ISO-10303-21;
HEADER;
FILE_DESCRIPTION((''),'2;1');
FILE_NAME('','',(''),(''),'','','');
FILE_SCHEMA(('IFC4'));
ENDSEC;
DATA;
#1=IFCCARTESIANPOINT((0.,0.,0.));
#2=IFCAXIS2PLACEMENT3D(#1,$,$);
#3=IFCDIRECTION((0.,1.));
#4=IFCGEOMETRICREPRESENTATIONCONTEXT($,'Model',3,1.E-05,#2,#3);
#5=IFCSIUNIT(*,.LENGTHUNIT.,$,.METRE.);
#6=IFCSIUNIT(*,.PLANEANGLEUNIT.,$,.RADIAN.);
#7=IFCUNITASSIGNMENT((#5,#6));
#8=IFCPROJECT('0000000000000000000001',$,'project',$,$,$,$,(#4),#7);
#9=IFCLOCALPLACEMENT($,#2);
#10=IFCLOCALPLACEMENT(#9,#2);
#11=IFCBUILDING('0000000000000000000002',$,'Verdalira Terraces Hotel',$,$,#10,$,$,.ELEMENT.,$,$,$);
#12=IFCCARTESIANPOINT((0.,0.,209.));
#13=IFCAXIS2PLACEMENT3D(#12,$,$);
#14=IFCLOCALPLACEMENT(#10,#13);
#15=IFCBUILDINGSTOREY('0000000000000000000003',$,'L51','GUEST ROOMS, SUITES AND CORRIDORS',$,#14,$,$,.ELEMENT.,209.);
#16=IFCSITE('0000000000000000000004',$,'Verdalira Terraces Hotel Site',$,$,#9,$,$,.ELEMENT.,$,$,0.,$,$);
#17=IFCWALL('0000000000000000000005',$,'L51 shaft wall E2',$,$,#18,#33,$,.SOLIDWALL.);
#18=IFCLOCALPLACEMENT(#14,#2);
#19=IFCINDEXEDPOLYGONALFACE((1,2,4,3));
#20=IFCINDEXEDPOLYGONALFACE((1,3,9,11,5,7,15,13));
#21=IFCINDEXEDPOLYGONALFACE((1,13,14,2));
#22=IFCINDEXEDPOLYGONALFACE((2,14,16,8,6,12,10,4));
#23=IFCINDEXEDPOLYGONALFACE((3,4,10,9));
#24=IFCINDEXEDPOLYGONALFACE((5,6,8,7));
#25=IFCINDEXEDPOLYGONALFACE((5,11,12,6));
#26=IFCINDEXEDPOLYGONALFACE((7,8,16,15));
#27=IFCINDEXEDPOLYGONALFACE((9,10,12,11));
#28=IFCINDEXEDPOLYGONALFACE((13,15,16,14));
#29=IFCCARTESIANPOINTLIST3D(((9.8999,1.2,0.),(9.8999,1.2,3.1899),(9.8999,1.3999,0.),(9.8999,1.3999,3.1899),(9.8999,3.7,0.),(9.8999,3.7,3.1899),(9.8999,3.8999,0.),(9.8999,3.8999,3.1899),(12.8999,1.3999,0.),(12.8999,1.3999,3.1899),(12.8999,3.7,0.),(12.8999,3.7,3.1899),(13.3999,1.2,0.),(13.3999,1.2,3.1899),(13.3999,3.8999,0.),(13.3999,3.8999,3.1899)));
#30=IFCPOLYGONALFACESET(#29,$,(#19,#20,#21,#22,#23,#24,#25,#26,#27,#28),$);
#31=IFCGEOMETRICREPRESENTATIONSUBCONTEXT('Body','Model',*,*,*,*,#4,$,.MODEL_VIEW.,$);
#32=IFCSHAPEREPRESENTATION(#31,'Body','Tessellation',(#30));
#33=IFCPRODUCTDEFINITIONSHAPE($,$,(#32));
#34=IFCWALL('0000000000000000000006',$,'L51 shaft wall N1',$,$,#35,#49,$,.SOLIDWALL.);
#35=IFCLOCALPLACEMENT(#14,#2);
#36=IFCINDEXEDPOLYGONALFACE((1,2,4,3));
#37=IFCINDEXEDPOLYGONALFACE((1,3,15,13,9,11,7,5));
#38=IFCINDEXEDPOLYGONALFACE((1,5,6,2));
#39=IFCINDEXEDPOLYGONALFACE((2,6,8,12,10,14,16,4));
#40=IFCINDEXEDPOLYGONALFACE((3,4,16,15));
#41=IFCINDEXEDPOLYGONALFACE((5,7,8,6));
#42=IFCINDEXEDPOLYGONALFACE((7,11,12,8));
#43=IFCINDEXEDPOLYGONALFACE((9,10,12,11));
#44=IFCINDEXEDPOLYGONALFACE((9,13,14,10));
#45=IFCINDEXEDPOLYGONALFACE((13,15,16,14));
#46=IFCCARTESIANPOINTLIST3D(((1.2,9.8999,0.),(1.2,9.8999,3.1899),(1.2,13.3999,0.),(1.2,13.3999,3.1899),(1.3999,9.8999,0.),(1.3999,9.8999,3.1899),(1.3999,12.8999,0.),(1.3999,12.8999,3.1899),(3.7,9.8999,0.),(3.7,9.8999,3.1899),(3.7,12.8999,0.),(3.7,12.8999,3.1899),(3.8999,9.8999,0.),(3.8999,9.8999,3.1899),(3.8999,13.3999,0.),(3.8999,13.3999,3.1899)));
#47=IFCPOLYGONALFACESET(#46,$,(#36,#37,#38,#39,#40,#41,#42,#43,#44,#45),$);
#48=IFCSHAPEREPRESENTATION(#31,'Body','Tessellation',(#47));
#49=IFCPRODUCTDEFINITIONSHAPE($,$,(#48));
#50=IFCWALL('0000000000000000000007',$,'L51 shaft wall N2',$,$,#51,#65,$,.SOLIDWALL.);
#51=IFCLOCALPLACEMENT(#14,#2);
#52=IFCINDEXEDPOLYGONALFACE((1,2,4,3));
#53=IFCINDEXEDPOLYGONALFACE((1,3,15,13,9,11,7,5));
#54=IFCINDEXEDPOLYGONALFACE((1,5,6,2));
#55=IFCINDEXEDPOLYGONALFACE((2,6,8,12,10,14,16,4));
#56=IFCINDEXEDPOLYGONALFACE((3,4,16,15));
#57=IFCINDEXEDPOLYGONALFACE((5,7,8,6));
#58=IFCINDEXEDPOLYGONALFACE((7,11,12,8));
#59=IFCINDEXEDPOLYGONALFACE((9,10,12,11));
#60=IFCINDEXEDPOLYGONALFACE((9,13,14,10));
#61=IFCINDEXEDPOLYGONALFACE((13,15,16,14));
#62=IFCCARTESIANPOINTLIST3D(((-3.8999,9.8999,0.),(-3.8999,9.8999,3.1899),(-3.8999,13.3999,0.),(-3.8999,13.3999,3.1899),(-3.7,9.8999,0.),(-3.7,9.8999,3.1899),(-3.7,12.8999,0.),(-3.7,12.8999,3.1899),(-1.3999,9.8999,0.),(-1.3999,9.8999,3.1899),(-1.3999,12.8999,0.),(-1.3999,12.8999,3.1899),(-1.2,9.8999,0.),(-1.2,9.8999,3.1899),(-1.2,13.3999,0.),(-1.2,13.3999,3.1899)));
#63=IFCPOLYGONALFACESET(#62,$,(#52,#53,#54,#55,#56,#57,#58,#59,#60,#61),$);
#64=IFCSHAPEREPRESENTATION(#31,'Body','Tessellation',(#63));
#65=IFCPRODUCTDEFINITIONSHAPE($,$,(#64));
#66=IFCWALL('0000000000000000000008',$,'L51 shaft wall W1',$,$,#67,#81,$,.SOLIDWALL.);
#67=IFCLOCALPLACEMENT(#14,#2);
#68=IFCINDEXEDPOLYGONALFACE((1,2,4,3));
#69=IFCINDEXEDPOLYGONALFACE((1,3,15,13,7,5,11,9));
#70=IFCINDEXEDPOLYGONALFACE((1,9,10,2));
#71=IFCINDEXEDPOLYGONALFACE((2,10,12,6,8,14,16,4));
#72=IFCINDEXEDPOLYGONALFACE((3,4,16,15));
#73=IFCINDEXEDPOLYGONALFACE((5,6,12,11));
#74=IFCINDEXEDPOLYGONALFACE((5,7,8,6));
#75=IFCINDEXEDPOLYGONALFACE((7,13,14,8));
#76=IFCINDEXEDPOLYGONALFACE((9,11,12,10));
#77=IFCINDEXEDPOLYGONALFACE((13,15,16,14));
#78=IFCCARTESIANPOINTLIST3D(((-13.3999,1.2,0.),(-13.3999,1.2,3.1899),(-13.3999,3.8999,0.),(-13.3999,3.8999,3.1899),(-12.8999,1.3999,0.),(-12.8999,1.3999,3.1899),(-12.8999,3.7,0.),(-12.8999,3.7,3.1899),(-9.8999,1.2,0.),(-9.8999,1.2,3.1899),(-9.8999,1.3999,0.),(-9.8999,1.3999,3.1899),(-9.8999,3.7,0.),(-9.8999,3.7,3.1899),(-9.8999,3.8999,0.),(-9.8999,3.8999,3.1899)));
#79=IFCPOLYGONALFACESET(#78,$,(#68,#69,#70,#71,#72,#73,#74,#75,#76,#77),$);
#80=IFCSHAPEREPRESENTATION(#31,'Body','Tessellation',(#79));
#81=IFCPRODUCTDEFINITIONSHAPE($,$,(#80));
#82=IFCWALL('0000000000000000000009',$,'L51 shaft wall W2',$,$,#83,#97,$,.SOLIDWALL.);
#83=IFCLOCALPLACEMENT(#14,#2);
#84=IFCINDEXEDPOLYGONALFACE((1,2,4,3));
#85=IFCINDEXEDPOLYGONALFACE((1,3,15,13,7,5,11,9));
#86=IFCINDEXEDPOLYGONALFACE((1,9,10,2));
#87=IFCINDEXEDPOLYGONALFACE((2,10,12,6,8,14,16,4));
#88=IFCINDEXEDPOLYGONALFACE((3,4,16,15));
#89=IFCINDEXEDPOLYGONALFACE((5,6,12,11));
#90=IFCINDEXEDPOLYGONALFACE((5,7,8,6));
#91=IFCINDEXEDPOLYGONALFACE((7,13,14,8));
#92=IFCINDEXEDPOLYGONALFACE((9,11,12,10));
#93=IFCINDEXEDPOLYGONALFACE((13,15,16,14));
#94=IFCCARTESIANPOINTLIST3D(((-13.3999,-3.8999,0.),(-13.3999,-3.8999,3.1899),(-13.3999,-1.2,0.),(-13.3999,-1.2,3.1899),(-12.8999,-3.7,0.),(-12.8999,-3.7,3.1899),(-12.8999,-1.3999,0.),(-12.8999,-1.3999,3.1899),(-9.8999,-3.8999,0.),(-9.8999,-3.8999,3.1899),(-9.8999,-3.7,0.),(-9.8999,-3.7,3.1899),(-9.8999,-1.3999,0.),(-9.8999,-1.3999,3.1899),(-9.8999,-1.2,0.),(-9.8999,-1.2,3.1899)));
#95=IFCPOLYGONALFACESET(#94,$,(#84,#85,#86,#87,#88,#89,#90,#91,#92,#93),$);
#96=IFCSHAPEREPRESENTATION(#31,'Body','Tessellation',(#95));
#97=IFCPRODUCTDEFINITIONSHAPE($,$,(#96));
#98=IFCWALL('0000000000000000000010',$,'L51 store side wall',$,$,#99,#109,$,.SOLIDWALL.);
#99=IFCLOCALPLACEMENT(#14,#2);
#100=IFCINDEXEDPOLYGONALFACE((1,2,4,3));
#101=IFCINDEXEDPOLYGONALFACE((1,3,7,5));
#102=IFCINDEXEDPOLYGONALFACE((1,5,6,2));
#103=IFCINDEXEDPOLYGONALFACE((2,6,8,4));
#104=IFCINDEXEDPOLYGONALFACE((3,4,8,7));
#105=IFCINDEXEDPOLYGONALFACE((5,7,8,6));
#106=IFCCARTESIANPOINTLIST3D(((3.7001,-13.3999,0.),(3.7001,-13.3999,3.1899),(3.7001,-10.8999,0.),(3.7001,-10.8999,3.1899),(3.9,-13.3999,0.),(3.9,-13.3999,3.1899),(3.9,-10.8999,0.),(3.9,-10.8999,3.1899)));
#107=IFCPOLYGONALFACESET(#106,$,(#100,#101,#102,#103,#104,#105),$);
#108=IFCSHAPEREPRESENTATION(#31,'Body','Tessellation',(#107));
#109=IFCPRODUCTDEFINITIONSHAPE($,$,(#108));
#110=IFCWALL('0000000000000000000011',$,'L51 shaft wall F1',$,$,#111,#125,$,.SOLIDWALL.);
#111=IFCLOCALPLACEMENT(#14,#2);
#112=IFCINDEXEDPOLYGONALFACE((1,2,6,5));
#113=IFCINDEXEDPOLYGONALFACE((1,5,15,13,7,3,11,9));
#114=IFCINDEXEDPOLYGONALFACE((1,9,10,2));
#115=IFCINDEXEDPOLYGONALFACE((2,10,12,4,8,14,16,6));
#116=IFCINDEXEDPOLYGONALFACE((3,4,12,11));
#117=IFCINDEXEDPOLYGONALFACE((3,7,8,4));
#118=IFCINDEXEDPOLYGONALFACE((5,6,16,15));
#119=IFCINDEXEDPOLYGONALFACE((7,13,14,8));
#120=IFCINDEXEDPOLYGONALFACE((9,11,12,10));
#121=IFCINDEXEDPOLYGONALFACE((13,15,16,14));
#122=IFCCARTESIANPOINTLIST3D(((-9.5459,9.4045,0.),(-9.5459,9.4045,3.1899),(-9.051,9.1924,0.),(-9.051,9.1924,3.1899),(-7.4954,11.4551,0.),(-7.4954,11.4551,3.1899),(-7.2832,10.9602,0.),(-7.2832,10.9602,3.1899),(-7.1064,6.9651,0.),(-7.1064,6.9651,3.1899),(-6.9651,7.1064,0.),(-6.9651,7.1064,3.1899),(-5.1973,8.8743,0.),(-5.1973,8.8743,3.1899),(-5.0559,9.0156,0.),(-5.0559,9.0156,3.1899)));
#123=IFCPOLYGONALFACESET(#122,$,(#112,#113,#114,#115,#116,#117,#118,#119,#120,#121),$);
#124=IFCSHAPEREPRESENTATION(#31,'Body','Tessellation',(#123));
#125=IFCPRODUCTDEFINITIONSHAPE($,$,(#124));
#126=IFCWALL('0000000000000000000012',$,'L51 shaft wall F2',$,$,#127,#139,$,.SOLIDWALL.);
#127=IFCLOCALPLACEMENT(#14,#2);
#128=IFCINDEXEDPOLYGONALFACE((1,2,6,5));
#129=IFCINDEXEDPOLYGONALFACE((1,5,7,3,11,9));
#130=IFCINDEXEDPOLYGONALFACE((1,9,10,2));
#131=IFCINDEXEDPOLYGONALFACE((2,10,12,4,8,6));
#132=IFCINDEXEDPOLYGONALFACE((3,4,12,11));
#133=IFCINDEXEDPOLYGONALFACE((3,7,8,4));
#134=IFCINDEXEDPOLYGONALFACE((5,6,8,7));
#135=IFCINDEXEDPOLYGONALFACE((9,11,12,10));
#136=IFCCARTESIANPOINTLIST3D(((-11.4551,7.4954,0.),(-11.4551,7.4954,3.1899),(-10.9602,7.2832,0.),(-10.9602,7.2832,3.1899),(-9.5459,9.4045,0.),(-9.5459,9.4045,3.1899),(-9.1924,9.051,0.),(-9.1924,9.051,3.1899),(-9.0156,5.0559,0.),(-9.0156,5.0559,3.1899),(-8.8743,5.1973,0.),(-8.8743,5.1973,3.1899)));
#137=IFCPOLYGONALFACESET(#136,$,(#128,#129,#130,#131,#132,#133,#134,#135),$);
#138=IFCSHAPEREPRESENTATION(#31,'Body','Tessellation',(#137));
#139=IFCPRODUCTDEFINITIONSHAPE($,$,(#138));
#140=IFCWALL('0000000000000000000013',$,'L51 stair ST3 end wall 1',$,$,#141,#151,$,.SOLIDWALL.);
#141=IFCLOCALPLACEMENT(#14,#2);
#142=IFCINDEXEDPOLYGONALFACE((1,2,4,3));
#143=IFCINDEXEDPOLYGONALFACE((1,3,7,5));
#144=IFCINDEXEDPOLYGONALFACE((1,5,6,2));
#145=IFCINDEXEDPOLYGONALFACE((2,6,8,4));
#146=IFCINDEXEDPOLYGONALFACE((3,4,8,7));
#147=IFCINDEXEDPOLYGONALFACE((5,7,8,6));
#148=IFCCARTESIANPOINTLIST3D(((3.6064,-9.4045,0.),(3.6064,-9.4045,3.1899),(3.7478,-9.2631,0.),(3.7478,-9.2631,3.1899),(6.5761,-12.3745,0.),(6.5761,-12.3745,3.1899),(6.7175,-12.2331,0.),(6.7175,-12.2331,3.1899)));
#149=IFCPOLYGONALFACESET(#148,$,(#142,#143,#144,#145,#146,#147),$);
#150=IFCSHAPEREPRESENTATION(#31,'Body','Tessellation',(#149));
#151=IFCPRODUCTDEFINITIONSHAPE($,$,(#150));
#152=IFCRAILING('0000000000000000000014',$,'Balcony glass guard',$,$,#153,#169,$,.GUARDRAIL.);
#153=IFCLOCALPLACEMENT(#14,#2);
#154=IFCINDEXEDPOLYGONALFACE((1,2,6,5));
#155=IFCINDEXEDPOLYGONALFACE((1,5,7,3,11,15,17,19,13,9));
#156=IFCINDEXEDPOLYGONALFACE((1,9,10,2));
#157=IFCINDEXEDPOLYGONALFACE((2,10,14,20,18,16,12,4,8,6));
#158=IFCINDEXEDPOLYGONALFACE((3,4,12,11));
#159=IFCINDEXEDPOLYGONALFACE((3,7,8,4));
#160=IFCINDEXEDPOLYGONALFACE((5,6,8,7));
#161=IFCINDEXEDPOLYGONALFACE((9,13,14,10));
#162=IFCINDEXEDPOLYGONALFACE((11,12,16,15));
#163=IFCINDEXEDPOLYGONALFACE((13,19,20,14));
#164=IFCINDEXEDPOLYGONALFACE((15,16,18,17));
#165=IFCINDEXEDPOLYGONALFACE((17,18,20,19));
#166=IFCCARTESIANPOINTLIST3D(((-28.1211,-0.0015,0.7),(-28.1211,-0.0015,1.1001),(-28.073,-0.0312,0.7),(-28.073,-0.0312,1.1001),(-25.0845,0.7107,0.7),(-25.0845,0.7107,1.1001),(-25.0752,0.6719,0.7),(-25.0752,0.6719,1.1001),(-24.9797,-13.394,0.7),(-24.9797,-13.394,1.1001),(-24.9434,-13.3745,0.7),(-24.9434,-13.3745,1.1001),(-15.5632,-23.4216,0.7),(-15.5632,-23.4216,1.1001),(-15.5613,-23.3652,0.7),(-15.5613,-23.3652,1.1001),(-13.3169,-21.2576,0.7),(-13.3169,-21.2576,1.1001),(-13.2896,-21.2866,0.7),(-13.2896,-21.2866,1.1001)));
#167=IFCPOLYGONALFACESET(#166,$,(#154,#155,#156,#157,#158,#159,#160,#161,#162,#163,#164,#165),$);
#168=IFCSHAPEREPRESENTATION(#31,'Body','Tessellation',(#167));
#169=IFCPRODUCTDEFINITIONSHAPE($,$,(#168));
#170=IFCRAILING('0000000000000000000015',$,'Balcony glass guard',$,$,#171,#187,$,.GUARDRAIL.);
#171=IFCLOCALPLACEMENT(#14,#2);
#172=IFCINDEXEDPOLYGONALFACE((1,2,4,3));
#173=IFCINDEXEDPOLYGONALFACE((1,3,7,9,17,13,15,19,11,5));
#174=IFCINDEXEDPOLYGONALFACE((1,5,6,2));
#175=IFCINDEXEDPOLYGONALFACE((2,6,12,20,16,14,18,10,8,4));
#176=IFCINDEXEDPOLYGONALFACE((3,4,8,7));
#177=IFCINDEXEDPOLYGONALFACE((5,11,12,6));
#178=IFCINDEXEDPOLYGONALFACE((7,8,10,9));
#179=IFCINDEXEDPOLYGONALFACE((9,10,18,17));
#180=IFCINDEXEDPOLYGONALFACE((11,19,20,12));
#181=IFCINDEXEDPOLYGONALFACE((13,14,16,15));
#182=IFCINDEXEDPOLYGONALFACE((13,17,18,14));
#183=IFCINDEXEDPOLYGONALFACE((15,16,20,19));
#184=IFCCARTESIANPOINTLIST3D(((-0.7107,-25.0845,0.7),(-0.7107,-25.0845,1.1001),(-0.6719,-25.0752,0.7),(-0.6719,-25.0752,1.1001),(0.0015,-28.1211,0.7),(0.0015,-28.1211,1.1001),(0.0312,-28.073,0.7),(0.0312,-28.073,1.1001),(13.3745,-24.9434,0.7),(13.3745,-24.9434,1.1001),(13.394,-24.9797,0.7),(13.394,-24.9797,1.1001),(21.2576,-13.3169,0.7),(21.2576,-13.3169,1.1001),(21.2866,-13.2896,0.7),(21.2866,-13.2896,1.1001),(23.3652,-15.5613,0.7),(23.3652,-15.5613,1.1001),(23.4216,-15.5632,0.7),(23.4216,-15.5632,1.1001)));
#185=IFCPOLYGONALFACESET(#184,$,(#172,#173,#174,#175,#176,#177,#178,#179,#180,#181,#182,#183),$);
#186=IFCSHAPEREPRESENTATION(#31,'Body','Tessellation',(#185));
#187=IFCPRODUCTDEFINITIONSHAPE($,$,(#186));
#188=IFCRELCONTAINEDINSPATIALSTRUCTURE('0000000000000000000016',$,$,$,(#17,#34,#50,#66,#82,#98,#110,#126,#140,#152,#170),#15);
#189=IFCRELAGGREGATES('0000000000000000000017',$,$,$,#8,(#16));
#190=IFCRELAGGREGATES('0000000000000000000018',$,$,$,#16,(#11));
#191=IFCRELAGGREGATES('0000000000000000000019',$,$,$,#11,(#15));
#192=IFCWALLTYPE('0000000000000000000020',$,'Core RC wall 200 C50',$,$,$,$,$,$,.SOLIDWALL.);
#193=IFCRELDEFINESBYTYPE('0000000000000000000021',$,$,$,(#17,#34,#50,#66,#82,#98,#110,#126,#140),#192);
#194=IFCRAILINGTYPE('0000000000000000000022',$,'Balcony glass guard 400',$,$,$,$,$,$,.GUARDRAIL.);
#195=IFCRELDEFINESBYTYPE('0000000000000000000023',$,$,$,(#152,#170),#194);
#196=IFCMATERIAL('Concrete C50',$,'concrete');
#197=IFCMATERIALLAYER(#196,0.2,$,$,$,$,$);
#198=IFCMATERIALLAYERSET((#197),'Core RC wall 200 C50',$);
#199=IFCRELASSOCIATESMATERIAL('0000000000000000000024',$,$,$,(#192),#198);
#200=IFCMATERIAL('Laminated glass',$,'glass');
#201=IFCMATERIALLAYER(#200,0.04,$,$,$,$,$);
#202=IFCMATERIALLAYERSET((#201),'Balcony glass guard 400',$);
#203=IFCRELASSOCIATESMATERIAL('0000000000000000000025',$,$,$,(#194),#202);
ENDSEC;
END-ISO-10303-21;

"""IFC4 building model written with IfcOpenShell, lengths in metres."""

from ifc_helpers import new_model, si_unit, direction, frame, frame_2d, origin, place, context, subcontext, project, spatial, polyline, rectangle, outline, extrude, material, layer, layer_set, type_object, element, save


model = new_model("IFC4")

# Units and contexts
model_context = context("Model", 3, precision=1e-05, world=origin(), true_north=direction((0.0, 1.0)))
body_context = subcontext(model_context, "Body", "Model", "MODEL_VIEW")
ifc_project = project(units=[si_unit("LENGTHUNIT", "METRE"), si_unit("PLANEANGLEUNIT", "RADIAN")], contexts=[model_context])

# Site, building, storey
site_placement = place(None, origin())
site = spatial("IfcSite", under=ifc_project, at=site_placement, Name="Verdalira Terraces Hotel Site", CompositionType="ELEMENT", RefElevation=0.0)
building_placement = place(site_placement, origin())
building = spatial("IfcBuilding", under=site, at=building_placement, Name="Verdalira Terraces Hotel", CompositionType="ELEMENT")
storey_placement = place(building_placement, frame((0.0, 0.0, 209.0)))
storey = spatial("IfcBuildingStorey", under=building, at=storey_placement, Name="L51", Description="GUEST ROOMS, SUITES AND CORRIDORS", CompositionType="ELEMENT", Elevation=209.0)

# Walls
ifc_material_1 = material(Name="Concrete C50", Category="concrete")
ifc_layer_1 = layer(ifc_material_1, 0.2)
ifc_layer_set_1 = layer_set([ifc_layer_1], Name="Core RC wall 200 C50")
wall_type_1 = type_object("IfcWallType", Name="Core RC wall 200 C50", PredefinedType="SOLIDWALL", material=ifc_layer_set_1)
wall_1_placement = place(storey_placement, origin())
element("IfcWall", 1, at=wall_1_placement, inside=storey, type_object=wall_type_1, Name="L51 shaft wall E2", PredefinedType="SOLIDWALL", context=body_context, shape_type="SweptSolid", body=[
    extrude(outline(polyline([(13.3999, 3.8999), (13.3999, 1.2), (9.8999, 1.2), (9.8999, 1.3999), (12.8999, 1.3999), (12.8999, 3.7), (9.8999, 3.7), (9.8999, 3.8999), (13.3999, 3.8999)])), origin(), (0.0, 0.0, 1.0), 3.1899),
])
wall_2_placement = place(storey_placement, origin())
element("IfcWall", 2, at=wall_2_placement, inside=storey, type_object=wall_type_1, Name="L51 shaft wall N1", PredefinedType="SOLIDWALL", context=body_context, shape_type="SweptSolid", body=[
    extrude(outline(polyline([(3.8999, 9.8999), (3.7, 9.8999), (3.7, 12.8999), (1.3999, 12.8999), (1.3999, 9.8999), (1.2, 9.8999), (1.2, 13.3999), (3.8999, 13.3999), (3.8999, 9.8999)])), origin(), (0.0, 0.0, 1.0), 3.1899),
])
wall_3_placement = place(storey_placement, origin())
element("IfcWall", 3, at=wall_3_placement, inside=storey, type_object=wall_type_1, Name="L51 shaft wall N2", PredefinedType="SOLIDWALL", context=body_context, shape_type="SweptSolid", body=[
    extrude(outline(polyline([(-3.8999, 13.3999), (-1.2, 13.3999), (-1.2, 9.8999), (-1.3999, 9.8999), (-1.3999, 12.8999), (-3.7, 12.8999), (-3.7, 9.8999), (-3.8999, 9.8999), (-3.8999, 13.3999)])), origin(), (0.0, 0.0, 1.0), 3.1899),
])
wall_4_placement = place(storey_placement, origin())
element("IfcWall", 4, at=wall_4_placement, inside=storey, type_object=wall_type_1, Name="L51 shaft wall W1", PredefinedType="SOLIDWALL", context=body_context, shape_type="SweptSolid", body=[
    extrude(outline(polyline([(-13.3999, 3.8999), (-9.8999, 3.8999), (-9.8999, 3.7), (-12.8999, 3.7), (-12.8999, 1.3999), (-9.8999, 1.3999), (-9.8999, 1.2), (-13.3999, 1.2), (-13.3999, 3.8999)])), origin(), (0.0, 0.0, 1.0), 3.1899),
])
wall_5_placement = place(storey_placement, origin())
element("IfcWall", 5, at=wall_5_placement, inside=storey, type_object=wall_type_1, Name="L51 shaft wall W2", PredefinedType="SOLIDWALL", context=body_context, shape_type="SweptSolid", body=[
    extrude(outline(polyline([(-13.3999, -3.8999), (-13.3999, -1.2), (-9.8999, -1.2), (-9.8999, -1.3999), (-12.8999, -1.3999), (-12.8999, -3.7), (-9.8999, -3.7), (-9.8999, -3.8999), (-13.3999, -3.8999)])), origin(), (0.0, 0.0, 1.0), 3.1899),
])
wall_6_placement = place(storey_placement, frame((3.8, -10.8999, 0.0), z_axis=(0.0, 0.0, 1.0), x_axis=(0.0, -1.0, 0.0)))
element("IfcWall", 6, at=wall_6_placement, inside=storey, type_object=wall_type_1, Name="L51 store side wall", PredefinedType="SOLIDWALL", context=body_context, shape_type="SweptSolid", body=[
    extrude(rectangle(XDim=2.5, YDim=0.2, at=frame_2d((1.25, 0.0))), origin(), (0.0, 0.0, 1.0), 3.1899),
])
wall_7_placement = place(storey_placement, origin())
element("IfcWall", 7, at=wall_7_placement, inside=storey, type_object=wall_type_1, Name="L51 shaft wall F1", PredefinedType="SOLIDWALL", context=body_context, shape_type="SweptSolid", body=[
    extrude(outline(polyline([(-9.5459, 9.4045), (-7.4954, 11.4551), (-5.0559, 9.0156), (-5.1973, 8.8743), (-7.2832, 10.9602), (-9.051, 9.1924), (-6.9651, 7.1064), (-7.1064, 6.9651), (-9.5459, 9.4045)])), origin(), (0.0, 0.0, 1.0), 3.1899),
])
wall_8_placement = place(storey_placement, origin())
element("IfcWall", 8, at=wall_8_placement, inside=storey, type_object=wall_type_1, Name="L51 shaft wall F2", PredefinedType="SOLIDWALL", context=body_context, shape_type="SweptSolid", body=[
    extrude(outline(polyline([(-11.4551, 7.4954), (-9.5459, 9.4045), (-9.1924, 9.051), (-10.9602, 7.2832), (-8.8743, 5.1973), (-9.0156, 5.0559), (-11.4551, 7.4954)])), origin(), (0.0, 0.0, 1.0), 3.1899),
])
wall_9_placement = place(storey_placement, frame((3.677, -9.3337, 0.0), z_axis=(0.0, 0.0, 1.0), x_axis=(0.707078, -0.707136, 0.0)))
element("IfcWall", 9, at=wall_9_placement, inside=storey, type_object=wall_type_1, Name="L51 stair ST3 end wall 1", PredefinedType="SOLIDWALL", context=body_context, shape_type="SweptSolid", body=[
    extrude(rectangle(XDim=4.2, YDim=0.2, at=frame_2d((2.1001, 0.0))), origin(), (0.0, 0.0, 1.0), 3.1899),
])

# Railings
ifc_material_2 = material(Name="Laminated glass", Category="glass")
ifc_layer_2 = layer(ifc_material_2, 0.04)
ifc_layer_set_2 = layer_set([ifc_layer_2], Name="Balcony glass guard 400")
railing_type = type_object("IfcRailingType", Name="Balcony glass guard 400", PredefinedType="GUARDRAIL", material=ifc_layer_set_2)
railing_1_placement = place(storey_placement, frame((0.0, 0.0, 0.7)))
element("IfcRailing", 10, at=railing_1_placement, inside=storey, type_object=railing_type, Name="Balcony glass guard", PredefinedType="GUARDRAIL", context=body_context, shape_type="SweptSolid", body=[
    extrude(outline(polyline([(-28.073, -0.0312), (-24.9434, -13.3745), (-15.5613, -23.3652), (-13.3169, -21.2576), (-13.2896, -21.2866), (-15.5632, -23.4216), (-24.9797, -13.394), (-28.1211, -0.0015), (-25.0845, 0.7107), (-25.0752, 0.6719), (-28.073, -0.0312)])), origin(), (0.0, 0.0, 1.0), 0.4001),
])
railing_2_placement = place(storey_placement, frame((0.0, 0.0, 0.7)))
element("IfcRailing", 11, at=railing_2_placement, inside=storey, type_object=railing_type, Name="Balcony glass guard", PredefinedType="GUARDRAIL", context=body_context, shape_type="SweptSolid", body=[
    extrude(outline(polyline([(0.0312, -28.073), (13.3745, -24.9434), (23.3652, -15.5613), (21.2576, -13.3169), (21.2866, -13.2896), (23.4216, -15.5632), (13.394, -24.9797), (0.0015, -28.1211), (-0.7107, -25.0845), (-0.6719, -25.0752), (0.0312, -28.073)])), origin(), (0.0, 0.0, 1.0), 0.4001),
])

save(model, "model.ifc")
